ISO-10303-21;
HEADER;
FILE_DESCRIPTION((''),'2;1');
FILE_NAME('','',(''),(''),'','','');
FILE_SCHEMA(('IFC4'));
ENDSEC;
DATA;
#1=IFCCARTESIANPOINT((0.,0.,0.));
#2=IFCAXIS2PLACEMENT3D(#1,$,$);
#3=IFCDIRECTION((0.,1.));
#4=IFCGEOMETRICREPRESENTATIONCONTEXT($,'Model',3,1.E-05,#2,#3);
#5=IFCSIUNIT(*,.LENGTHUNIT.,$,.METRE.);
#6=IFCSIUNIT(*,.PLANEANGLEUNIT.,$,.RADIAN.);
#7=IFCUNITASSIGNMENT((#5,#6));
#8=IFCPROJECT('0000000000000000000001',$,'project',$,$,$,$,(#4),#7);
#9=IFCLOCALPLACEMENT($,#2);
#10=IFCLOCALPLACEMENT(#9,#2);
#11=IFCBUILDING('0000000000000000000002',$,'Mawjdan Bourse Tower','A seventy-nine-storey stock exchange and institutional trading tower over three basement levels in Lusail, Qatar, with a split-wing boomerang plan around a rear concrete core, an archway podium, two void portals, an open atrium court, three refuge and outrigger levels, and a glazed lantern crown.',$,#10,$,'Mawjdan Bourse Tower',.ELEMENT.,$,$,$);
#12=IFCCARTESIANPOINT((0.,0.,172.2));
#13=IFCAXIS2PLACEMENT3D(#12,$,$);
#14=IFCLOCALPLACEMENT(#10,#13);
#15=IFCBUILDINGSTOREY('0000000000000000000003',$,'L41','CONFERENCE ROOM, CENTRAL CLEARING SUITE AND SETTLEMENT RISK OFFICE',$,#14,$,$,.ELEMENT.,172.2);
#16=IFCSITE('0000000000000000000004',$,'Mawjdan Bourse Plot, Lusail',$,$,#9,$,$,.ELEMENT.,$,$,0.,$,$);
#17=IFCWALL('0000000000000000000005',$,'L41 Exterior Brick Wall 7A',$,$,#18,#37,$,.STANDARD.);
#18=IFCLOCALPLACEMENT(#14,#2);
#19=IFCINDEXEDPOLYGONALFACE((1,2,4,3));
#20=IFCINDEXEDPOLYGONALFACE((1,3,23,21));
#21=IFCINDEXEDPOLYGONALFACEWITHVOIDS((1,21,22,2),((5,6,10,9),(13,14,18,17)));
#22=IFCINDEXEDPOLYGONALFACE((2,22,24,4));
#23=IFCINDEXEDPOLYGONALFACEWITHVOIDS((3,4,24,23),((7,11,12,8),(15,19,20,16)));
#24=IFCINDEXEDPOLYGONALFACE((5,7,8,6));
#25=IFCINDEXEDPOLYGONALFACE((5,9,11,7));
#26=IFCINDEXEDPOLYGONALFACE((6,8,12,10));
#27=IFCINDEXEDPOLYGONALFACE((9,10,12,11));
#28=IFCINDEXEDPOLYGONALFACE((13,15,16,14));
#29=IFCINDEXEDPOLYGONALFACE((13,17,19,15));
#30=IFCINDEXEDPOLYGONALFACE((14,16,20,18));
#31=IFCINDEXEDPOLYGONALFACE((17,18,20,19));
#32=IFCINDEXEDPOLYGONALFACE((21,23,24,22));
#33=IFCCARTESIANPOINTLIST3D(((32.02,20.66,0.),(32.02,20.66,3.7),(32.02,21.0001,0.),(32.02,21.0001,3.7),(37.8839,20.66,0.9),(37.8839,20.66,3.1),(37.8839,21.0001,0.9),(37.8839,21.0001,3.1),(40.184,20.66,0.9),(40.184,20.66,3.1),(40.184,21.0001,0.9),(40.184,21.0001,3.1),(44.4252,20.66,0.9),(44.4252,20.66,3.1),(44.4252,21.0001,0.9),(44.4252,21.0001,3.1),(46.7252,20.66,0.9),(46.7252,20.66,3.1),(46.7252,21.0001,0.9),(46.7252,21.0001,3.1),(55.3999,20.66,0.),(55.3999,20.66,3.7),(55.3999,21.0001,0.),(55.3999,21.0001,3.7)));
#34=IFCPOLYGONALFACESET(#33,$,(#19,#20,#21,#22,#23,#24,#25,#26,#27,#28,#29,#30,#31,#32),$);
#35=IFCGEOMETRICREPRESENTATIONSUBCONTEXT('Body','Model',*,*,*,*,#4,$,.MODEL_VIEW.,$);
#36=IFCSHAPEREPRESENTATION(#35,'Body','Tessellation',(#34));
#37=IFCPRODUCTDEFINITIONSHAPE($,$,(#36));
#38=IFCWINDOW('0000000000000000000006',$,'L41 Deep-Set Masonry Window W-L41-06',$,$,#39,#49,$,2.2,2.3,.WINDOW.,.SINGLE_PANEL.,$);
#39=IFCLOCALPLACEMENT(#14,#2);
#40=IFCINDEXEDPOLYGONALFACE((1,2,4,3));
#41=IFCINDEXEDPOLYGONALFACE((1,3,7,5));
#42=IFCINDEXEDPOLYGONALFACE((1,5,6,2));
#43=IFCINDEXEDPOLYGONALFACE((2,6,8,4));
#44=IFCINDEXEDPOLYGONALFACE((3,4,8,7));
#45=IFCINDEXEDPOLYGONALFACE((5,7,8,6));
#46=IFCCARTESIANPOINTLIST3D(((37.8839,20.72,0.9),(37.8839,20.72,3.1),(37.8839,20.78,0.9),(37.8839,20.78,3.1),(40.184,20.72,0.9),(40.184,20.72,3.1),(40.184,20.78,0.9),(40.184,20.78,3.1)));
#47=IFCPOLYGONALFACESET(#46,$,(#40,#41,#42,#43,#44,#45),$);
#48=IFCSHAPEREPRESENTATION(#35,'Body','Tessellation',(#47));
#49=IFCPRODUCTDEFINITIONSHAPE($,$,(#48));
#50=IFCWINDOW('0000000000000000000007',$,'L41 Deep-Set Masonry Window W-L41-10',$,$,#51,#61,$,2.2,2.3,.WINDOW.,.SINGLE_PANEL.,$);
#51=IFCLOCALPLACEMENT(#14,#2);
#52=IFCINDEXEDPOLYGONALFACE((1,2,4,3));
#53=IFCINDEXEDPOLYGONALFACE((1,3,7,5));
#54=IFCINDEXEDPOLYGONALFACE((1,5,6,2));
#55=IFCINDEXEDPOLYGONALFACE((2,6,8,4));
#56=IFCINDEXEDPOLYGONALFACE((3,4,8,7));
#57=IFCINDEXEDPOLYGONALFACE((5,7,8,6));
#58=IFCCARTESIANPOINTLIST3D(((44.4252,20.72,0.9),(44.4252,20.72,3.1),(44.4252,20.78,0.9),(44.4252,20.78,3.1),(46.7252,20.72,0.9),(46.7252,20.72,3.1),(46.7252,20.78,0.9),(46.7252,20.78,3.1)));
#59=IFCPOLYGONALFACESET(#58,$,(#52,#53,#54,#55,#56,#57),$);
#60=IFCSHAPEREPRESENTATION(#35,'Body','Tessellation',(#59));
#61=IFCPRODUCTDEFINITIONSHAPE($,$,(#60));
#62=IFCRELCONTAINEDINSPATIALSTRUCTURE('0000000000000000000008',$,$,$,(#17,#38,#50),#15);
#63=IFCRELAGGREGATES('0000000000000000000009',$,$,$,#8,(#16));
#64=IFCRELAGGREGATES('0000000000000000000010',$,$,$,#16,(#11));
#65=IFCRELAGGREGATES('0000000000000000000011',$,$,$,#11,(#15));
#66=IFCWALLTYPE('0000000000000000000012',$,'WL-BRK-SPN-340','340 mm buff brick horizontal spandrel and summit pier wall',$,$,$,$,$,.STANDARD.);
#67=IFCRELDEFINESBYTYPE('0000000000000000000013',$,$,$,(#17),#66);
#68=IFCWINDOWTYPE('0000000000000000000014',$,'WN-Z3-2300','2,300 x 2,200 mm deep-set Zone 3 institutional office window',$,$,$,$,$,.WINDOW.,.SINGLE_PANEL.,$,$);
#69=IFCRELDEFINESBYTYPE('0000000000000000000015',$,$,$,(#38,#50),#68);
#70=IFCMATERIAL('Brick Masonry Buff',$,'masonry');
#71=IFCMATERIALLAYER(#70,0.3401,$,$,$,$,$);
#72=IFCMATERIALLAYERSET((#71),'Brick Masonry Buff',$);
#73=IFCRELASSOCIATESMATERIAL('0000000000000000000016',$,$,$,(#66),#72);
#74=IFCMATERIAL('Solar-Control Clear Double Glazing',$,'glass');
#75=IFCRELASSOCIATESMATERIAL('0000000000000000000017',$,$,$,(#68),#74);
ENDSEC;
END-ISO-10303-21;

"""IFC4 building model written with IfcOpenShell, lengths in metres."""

from ifc_helpers import new_model, si_unit, direction, frame, frame_2d, origin, place, context, subcontext, project, spatial, rectangle, extrude, material, layer, layer_set, type_object, element, fill, save


model = new_model("IFC4")

# Units and contexts
model_context = context("Model", 3, precision=1e-05, world=origin(), true_north=direction((0.0, 1.0)))
body_context = subcontext(model_context, "Body", "Model", "MODEL_VIEW")
ifc_project = project(units=[si_unit("LENGTHUNIT", "METRE"), si_unit("PLANEANGLEUNIT", "RADIAN")], contexts=[model_context])

# Site, building, storey
site_placement = place(None, origin())
site = spatial("IfcSite", under=ifc_project, at=site_placement, Name="Mawjdan Bourse Plot, Lusail", CompositionType="ELEMENT", RefElevation=0.0)
building_placement = place(site_placement, origin())
building = spatial("IfcBuilding", under=site, at=building_placement, Name="Mawjdan Bourse Tower", Description="A seventy-nine-storey stock exchange and institutional trading tower over three basement levels in Lusail, Qatar, with a split-wing boomerang plan around a rear concrete core, an archway podium, two void portals, an open atrium court, three refuge and outrigger levels, and a glazed lantern crown.", LongName="Mawjdan Bourse Tower", CompositionType="ELEMENT")
storey_placement = place(building_placement, frame((0.0, 0.0, 172.2)))
storey = spatial("IfcBuildingStorey", under=building, at=storey_placement, Name="L41", Description="CONFERENCE ROOM, CENTRAL CLEARING SUITE AND SETTLEMENT RISK OFFICE", CompositionType="ELEMENT", Elevation=172.2)

# Shared definitions
ifc_material_1 = material(Name="Brick Masonry Buff", Category="masonry")
ifc_layer_1 = layer(ifc_material_1, 0.3401)
ifc_layer_set_1 = layer_set([ifc_layer_1], Name="Brick Masonry Buff")
wall_type = type_object("IfcWallType", Name="WL-BRK-SPN-340", Description="340 mm buff brick horizontal spandrel and summit pier wall", PredefinedType="STANDARD", material=ifc_layer_set_1)

# Wall, openings, windows
wall_placement = place(storey_placement, frame((55.3999, 20.8301, 0.0), z_axis=(0.0, 0.0, 1.0), x_axis=(-1.0, 0.0, 0.0)))
wall = element("IfcWall", 1, at=wall_placement, inside=storey, type_object=wall_type, Name="L41 Exterior Brick Wall 7A", PredefinedType="STANDARD", context=body_context, shape_type="SweptSolid", body=[
    extrude(rectangle(XDim=23.3799, YDim=0.3401, at=frame_2d((11.6899, 0.0))), origin(), (0.0, 0.0, 1.0), 3.7),
])
opening_1_placement = place(wall_placement, frame((15.2161, 0.0, 0.8999)))
opening_1 = element("IfcOpeningElement", 2, at=opening_1_placement, cuts=wall, PredefinedType="OPENING", context=body_context, shape_type="SweptSolid", body=[
    extrude(rectangle(XDim=2.3, YDim=2.2, at=frame_2d((1.1499, 1.1001))), frame((0.0, 0.1802, 0.0), z_axis=(0.0, -1.0, 0.0), x_axis=(1.0, 0.0, 0.0)), (0.0, 0.0, 1.0), 0.3601),
])
opening_2_placement = place(wall_placement, frame((8.6748, 0.0, 0.8999)))
opening_2 = element("IfcOpeningElement", 3, at=opening_2_placement, cuts=wall, PredefinedType="OPENING", context=body_context, shape_type="SweptSolid", body=[
    extrude(rectangle(XDim=2.3, YDim=2.2, at=frame_2d((1.1499, 1.1001))), frame((0.0, 0.1802, 0.0), z_axis=(0.0, -1.0, 0.0), x_axis=(1.0, 0.0, 0.0)), (0.0, 0.0, 1.0), 0.3601),
])
ifc_material_2 = material(Name="Solar-Control Clear Double Glazing", Category="glass")
window_type = type_object("IfcWindowType", Name="WN-Z3-2300", Description="2,300 x 2,200 mm deep-set Zone 3 institutional office window", PartitioningType="SINGLE_PANEL", PredefinedType="WINDOW", material=ifc_material_2)
window_1_placement = place(opening_1_placement, origin())
window_1 = element("IfcWindow", 4, at=window_1_placement, inside=storey, type_object=window_type, Name="L41 Deep-Set Masonry Window W-L41-06", OverallHeight=2.2, OverallWidth=2.3, PartitioningType="SINGLE_PANEL", PredefinedType="WINDOW", context=body_context, shape_type="SweptSolid", body=[
    extrude(rectangle(XDim=2.3, YDim=2.2, at=frame_2d((1.1499, 1.1001))), frame((0.0, 0.1101, 0.0), z_axis=(0.0, -1.0, 0.0), x_axis=(1.0, 0.0, 0.0)), (0.0, 0.0, 1.0), 0.0601),
])
fill(opening_1, window_1)
window_2_placement = place(opening_2_placement, origin())
window_2 = element("IfcWindow", 5, at=window_2_placement, inside=storey, type_object=window_type, Name="L41 Deep-Set Masonry Window W-L41-10", OverallHeight=2.2, OverallWidth=2.3, PartitioningType="SINGLE_PANEL", PredefinedType="WINDOW", context=body_context, shape_type="SweptSolid", body=[
    extrude(rectangle(XDim=2.3, YDim=2.2, at=frame_2d((1.1499, 1.1001))), frame((0.0, 0.1101, 0.0), z_axis=(0.0, -1.0, 0.0), x_axis=(1.0, 0.0, 0.0)), (0.0, 0.0, 1.0), 0.0601),
])
fill(opening_2, window_2)

save(model, "model.ifc")
